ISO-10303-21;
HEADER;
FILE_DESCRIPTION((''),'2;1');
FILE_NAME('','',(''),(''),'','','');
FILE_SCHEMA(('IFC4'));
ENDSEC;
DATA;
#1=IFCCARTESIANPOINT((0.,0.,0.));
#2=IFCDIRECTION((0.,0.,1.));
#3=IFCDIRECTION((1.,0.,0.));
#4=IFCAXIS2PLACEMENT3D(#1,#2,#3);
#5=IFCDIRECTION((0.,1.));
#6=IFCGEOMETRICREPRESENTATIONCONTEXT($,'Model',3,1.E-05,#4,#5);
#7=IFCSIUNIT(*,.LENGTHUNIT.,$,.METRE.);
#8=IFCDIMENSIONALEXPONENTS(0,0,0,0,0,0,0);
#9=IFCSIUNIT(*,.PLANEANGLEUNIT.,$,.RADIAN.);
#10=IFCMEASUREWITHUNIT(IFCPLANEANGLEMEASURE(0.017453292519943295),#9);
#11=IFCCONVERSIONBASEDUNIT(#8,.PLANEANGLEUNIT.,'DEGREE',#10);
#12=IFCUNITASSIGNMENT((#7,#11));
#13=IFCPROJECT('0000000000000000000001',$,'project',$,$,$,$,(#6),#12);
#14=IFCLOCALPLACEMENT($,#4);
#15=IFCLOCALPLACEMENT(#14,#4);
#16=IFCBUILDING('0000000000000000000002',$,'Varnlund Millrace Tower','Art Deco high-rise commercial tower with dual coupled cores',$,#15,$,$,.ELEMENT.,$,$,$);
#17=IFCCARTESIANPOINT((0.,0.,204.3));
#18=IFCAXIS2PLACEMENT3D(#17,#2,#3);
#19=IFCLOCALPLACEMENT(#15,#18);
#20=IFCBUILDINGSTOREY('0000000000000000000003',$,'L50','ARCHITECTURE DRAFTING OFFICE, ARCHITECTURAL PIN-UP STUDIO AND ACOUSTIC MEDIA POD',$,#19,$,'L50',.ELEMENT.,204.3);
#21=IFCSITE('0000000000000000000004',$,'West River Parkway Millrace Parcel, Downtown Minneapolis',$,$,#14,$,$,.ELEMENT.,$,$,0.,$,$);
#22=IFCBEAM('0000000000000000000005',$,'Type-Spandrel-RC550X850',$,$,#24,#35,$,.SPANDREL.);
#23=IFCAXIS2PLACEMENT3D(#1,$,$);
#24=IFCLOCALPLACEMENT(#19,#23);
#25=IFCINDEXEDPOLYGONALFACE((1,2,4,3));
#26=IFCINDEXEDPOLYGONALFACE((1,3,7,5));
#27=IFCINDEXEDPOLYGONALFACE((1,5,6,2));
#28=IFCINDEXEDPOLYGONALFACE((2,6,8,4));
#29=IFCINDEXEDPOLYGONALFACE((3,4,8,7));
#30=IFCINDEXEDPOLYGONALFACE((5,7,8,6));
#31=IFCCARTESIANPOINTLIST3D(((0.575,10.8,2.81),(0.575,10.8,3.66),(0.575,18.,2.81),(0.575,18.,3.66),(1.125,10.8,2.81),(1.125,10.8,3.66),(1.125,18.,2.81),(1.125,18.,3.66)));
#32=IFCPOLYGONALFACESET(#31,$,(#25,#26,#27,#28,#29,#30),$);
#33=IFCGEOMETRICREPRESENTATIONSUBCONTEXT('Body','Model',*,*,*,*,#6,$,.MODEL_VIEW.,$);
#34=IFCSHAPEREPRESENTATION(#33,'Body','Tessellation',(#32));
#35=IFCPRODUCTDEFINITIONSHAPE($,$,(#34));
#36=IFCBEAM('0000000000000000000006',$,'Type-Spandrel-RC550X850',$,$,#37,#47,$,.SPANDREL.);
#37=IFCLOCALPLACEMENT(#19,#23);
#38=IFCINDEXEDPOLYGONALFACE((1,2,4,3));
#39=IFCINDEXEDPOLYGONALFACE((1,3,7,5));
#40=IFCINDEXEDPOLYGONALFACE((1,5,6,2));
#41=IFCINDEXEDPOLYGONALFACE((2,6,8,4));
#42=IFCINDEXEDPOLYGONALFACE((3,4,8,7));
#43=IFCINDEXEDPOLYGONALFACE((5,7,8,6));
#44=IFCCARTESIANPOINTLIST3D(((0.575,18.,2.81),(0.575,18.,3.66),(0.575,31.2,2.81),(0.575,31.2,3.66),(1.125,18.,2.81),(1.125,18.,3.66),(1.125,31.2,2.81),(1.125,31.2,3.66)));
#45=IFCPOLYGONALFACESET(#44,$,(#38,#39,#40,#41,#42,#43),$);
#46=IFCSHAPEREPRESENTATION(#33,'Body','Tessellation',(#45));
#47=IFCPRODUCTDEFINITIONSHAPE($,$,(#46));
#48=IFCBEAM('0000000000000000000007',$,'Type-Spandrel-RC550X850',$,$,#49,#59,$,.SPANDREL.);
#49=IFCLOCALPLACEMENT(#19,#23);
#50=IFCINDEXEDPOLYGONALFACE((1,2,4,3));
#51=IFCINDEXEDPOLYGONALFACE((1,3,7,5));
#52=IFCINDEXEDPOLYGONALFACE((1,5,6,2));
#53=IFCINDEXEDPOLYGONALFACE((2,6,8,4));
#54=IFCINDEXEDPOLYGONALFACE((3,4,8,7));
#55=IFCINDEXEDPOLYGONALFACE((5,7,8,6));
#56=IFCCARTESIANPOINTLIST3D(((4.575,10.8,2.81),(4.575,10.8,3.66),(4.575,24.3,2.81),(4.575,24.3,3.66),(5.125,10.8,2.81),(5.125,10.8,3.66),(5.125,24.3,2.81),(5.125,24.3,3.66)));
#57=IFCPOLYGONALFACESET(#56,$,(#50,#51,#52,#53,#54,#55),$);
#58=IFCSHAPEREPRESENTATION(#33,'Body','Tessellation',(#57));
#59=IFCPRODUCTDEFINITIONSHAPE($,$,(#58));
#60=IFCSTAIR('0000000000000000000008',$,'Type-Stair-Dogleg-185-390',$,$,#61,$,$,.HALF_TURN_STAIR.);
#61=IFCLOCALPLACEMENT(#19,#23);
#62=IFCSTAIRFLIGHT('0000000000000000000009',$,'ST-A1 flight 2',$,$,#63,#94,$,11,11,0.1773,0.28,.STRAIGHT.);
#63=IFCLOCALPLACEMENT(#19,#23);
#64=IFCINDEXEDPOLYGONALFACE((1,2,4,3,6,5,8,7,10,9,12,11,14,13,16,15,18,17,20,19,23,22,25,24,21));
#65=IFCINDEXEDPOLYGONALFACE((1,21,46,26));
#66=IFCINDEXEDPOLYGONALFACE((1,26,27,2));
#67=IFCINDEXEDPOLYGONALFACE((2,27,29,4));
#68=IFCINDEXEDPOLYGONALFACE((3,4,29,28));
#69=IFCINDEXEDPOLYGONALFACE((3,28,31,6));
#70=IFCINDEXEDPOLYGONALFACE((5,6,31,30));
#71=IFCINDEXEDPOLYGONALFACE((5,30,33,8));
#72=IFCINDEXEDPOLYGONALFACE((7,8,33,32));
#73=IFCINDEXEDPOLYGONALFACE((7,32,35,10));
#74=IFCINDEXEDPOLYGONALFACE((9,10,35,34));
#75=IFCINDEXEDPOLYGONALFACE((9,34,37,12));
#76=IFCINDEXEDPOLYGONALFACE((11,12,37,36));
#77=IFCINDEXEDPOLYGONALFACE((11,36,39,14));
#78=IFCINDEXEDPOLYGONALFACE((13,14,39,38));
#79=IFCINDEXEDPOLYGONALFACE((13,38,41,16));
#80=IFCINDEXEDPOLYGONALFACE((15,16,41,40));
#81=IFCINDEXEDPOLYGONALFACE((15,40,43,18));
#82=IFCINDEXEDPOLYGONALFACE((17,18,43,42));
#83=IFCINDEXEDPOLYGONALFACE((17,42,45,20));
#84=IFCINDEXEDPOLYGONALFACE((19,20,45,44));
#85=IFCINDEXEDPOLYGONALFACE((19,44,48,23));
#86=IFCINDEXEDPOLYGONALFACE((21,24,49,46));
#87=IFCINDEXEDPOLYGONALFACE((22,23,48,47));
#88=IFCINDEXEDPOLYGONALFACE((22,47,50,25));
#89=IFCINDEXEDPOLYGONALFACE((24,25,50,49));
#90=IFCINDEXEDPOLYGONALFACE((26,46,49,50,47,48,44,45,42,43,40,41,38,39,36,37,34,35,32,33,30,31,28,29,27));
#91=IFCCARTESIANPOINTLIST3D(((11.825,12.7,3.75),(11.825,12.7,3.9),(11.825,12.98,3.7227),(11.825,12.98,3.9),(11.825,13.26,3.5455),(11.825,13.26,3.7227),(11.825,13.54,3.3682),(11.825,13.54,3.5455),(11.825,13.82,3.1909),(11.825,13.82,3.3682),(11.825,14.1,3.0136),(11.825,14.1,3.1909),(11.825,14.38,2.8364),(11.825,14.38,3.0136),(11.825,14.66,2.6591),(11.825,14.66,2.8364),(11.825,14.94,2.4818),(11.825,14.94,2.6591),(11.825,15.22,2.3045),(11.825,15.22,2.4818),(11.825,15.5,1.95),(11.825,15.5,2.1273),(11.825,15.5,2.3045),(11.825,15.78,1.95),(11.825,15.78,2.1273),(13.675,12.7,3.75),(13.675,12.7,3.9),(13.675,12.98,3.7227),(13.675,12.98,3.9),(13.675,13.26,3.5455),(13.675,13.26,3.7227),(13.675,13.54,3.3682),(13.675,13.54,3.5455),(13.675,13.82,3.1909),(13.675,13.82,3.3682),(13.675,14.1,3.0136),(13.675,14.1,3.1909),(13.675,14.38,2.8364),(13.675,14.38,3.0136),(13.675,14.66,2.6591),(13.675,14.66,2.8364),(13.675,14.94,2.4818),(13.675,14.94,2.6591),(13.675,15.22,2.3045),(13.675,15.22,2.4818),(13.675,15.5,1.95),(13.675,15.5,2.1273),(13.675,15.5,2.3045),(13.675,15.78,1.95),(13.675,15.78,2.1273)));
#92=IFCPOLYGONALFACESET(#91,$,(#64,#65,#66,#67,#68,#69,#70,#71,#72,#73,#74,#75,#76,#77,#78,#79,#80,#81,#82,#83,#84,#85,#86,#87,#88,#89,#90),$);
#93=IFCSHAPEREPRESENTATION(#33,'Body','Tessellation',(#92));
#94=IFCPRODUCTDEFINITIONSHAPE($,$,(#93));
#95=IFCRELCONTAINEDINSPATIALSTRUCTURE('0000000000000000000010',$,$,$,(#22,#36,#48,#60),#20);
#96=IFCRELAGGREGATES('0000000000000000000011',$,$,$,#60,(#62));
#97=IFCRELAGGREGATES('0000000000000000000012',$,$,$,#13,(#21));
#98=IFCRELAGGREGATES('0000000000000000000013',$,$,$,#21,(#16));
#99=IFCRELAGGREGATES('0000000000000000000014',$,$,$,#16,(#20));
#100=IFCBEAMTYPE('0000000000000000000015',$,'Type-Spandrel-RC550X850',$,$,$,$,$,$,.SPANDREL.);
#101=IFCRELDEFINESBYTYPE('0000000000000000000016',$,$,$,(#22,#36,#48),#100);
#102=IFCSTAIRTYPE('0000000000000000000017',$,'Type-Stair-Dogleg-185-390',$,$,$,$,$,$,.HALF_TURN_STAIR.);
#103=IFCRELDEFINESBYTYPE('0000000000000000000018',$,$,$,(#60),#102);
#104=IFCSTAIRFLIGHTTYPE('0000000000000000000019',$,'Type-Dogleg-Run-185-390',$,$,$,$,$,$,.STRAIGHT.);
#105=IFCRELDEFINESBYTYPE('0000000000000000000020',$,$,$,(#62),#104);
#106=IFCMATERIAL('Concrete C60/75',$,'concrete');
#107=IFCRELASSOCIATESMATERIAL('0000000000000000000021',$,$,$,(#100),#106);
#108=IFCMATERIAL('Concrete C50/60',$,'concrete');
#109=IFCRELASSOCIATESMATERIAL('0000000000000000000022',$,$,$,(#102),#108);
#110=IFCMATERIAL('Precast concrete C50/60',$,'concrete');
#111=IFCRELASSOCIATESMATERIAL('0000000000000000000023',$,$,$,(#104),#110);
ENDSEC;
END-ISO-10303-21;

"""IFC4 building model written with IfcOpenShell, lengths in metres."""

from ifc_helpers import new_model, entity, si_unit, converted_unit, direction, frame, origin_with_axes, origin_2d_with_axis, place, context, subcontext, project, spatial, polyline, rectangle, outline, extrude, material, material_profile, profile_set, type_object, element, aggregate, save


model = new_model("IFC4")

# Units and contexts
model_context = context("Model", 3, precision=1e-05, world=origin_with_axes(), true_north=direction((0.0, 1.0)))
body_context = subcontext(model_context, "Body", "Model", "MODEL_VIEW")
ifc_project = project(units=[si_unit("LENGTHUNIT", "METRE"), converted_unit("PLANEANGLEUNIT", "DEGREE", entity("IfcPlaneAngleMeasure", 0.017453292519943295), si_unit("PLANEANGLEUNIT", "RADIAN"), dimensions=[0, 0, 0, 0, 0, 0, 0])], contexts=[model_context])

# Site, building, storey
site_placement = place(None, origin_with_axes())
site = spatial("IfcSite", under=ifc_project, at=site_placement, Name="West River Parkway Millrace Parcel, Downtown Minneapolis", CompositionType="ELEMENT", RefElevation=0.0)
building_placement = place(site_placement, origin_with_axes())
building = spatial("IfcBuilding", under=site, at=building_placement, Name="Varnlund Millrace Tower", Description="Art Deco high-rise commercial tower with dual coupled cores", CompositionType="ELEMENT")
storey_placement = place(building_placement, frame((0.0, 0.0, 204.3), z_axis=(0.0, 0.0, 1.0), x_axis=(1.0, 0.0, 0.0)))
storey = spatial("IfcBuildingStorey", under=building, at=storey_placement, Name="L50", Description="ARCHITECTURE DRAFTING OFFICE, ARCHITECTURAL PIN-UP STUDIO AND ACOUSTIC MEDIA POD", LongName="L50", CompositionType="ELEMENT", Elevation=204.3)

# Beams
ifc_material_1 = material(Name="Concrete C60/75", Category="concrete")
ifc_material_profile_1 = material_profile(ifc_material_1, rectangle(XDim=0.55, YDim=0.85, at=origin_2d_with_axis()), Name="Concrete C60/75")
ifc_profile_set_1 = profile_set([ifc_material_profile_1], Name="Concrete C60/75")
beam_type_1 = type_object("IfcBeamType", Name="Type-Spandrel-RC550X850", PredefinedType="SPANDREL", material=ifc_profile_set_1)
beam_1_placement = place(storey_placement, frame((0.85, 10.8, 3.235), z_axis=(0.0, 1.0, 0.0), x_axis=(-1.0, 0.0, 0.0)))
element("IfcBeam", 1, at=beam_1_placement, inside=storey, type_object=beam_type_1, Name="Type-Spandrel-RC550X850", PredefinedType="SPANDREL", context=body_context, shape_type="SweptSolid", body=[
    extrude(rectangle(XDim=0.55, YDim=0.85, at=origin_2d_with_axis()), origin_with_axes(), (0.0, 0.0, 1.0), 7.2),
])
beam_2_placement = place(storey_placement, frame((0.85, 18.0, 3.235), z_axis=(0.0, 1.0, 0.0), x_axis=(-1.0, 0.0, 0.0)))
element("IfcBeam", 2, at=beam_2_placement, inside=storey, type_object=beam_type_1, Name="Type-Spandrel-RC550X850", PredefinedType="SPANDREL", context=body_context, shape_type="SweptSolid", body=[
    extrude(rectangle(XDim=0.55, YDim=0.85, at=origin_2d_with_axis()), origin_with_axes(), (0.0, 0.0, 1.0), 13.2),
])
beam_3_placement = place(storey_placement, frame((4.85, 10.8, 3.235), z_axis=(0.0, 1.0, 0.0), x_axis=(-1.0, 0.0, 0.0)))
element("IfcBeam", 3, at=beam_3_placement, inside=storey, type_object=beam_type_1, Name="Type-Spandrel-RC550X850", PredefinedType="SPANDREL", context=body_context, shape_type="SweptSolid", body=[
    extrude(rectangle(XDim=0.55, YDim=0.85, at=origin_2d_with_axis()), origin_with_axes(), (0.0, 0.0, 1.0), 13.5),
])

# Stair, stair flight
ifc_material_2 = material(Name="Concrete C50/60", Category="concrete")
stair_type = type_object("IfcStairType", Name="Type-Stair-Dogleg-185-390", PredefinedType="HALF_TURN_STAIR", material=ifc_material_2)
stair_placement = place(storey_placement, origin_with_axes())
stair = element("IfcStair", 4, at=stair_placement, inside=storey, type_object=stair_type, Name="Type-Stair-Dogleg-185-390", PredefinedType="HALF_TURN_STAIR")
ifc_material_3 = material(Name="Precast concrete C50/60", Category="concrete")
stair_flight_type = type_object("IfcStairFlightType", Name="Type-Dogleg-Run-185-390", PredefinedType="STRAIGHT", material=ifc_material_3)
stair_flight_placement = place(storey_placement, frame((13.675, 15.78, 1.95), z_axis=(-1.0, 0.0, 0.0), x_axis=(0.0, -1.0, 0.0)))
stair_flight = element("IfcStairFlight", 5, at=stair_flight_placement, type_object=stair_flight_type, Name="ST-A1 flight 2", NumberOfRisers=11, NumberOfTreads=11, PredefinedType="STRAIGHT", RiserHeight=0.1773, TreadLength=0.28, context=body_context, shape_type="SweptSolid", body=[
    extrude(outline(polyline([(0.0, 0.0), (0.0, 0.1773), (0.28, 0.1773), (0.28, 0.3545), (0.56, 0.3545), (0.56, 0.5318), (0.84, 0.5318), (0.84, 0.7091), (1.12, 0.7091), (1.12, 0.8864), (1.4, 0.8864), (1.4, 1.0636), (1.68, 1.0636), (1.68, 1.2409), (1.96, 1.2409), (1.96, 1.4182), (2.24, 1.4182), (2.24, 1.5955), (2.52, 1.5955), (2.52, 1.7727), (2.8, 1.7727), (2.8, 1.95), (3.08, 1.95), (3.08, 1.8), (0.28, 0.0), (0.0, 0.0)])), origin_with_axes(), (0.0, 0.0, 1.0), 1.85),
])
aggregate(stair, [stair_flight])

save(model, "model.ifc")
